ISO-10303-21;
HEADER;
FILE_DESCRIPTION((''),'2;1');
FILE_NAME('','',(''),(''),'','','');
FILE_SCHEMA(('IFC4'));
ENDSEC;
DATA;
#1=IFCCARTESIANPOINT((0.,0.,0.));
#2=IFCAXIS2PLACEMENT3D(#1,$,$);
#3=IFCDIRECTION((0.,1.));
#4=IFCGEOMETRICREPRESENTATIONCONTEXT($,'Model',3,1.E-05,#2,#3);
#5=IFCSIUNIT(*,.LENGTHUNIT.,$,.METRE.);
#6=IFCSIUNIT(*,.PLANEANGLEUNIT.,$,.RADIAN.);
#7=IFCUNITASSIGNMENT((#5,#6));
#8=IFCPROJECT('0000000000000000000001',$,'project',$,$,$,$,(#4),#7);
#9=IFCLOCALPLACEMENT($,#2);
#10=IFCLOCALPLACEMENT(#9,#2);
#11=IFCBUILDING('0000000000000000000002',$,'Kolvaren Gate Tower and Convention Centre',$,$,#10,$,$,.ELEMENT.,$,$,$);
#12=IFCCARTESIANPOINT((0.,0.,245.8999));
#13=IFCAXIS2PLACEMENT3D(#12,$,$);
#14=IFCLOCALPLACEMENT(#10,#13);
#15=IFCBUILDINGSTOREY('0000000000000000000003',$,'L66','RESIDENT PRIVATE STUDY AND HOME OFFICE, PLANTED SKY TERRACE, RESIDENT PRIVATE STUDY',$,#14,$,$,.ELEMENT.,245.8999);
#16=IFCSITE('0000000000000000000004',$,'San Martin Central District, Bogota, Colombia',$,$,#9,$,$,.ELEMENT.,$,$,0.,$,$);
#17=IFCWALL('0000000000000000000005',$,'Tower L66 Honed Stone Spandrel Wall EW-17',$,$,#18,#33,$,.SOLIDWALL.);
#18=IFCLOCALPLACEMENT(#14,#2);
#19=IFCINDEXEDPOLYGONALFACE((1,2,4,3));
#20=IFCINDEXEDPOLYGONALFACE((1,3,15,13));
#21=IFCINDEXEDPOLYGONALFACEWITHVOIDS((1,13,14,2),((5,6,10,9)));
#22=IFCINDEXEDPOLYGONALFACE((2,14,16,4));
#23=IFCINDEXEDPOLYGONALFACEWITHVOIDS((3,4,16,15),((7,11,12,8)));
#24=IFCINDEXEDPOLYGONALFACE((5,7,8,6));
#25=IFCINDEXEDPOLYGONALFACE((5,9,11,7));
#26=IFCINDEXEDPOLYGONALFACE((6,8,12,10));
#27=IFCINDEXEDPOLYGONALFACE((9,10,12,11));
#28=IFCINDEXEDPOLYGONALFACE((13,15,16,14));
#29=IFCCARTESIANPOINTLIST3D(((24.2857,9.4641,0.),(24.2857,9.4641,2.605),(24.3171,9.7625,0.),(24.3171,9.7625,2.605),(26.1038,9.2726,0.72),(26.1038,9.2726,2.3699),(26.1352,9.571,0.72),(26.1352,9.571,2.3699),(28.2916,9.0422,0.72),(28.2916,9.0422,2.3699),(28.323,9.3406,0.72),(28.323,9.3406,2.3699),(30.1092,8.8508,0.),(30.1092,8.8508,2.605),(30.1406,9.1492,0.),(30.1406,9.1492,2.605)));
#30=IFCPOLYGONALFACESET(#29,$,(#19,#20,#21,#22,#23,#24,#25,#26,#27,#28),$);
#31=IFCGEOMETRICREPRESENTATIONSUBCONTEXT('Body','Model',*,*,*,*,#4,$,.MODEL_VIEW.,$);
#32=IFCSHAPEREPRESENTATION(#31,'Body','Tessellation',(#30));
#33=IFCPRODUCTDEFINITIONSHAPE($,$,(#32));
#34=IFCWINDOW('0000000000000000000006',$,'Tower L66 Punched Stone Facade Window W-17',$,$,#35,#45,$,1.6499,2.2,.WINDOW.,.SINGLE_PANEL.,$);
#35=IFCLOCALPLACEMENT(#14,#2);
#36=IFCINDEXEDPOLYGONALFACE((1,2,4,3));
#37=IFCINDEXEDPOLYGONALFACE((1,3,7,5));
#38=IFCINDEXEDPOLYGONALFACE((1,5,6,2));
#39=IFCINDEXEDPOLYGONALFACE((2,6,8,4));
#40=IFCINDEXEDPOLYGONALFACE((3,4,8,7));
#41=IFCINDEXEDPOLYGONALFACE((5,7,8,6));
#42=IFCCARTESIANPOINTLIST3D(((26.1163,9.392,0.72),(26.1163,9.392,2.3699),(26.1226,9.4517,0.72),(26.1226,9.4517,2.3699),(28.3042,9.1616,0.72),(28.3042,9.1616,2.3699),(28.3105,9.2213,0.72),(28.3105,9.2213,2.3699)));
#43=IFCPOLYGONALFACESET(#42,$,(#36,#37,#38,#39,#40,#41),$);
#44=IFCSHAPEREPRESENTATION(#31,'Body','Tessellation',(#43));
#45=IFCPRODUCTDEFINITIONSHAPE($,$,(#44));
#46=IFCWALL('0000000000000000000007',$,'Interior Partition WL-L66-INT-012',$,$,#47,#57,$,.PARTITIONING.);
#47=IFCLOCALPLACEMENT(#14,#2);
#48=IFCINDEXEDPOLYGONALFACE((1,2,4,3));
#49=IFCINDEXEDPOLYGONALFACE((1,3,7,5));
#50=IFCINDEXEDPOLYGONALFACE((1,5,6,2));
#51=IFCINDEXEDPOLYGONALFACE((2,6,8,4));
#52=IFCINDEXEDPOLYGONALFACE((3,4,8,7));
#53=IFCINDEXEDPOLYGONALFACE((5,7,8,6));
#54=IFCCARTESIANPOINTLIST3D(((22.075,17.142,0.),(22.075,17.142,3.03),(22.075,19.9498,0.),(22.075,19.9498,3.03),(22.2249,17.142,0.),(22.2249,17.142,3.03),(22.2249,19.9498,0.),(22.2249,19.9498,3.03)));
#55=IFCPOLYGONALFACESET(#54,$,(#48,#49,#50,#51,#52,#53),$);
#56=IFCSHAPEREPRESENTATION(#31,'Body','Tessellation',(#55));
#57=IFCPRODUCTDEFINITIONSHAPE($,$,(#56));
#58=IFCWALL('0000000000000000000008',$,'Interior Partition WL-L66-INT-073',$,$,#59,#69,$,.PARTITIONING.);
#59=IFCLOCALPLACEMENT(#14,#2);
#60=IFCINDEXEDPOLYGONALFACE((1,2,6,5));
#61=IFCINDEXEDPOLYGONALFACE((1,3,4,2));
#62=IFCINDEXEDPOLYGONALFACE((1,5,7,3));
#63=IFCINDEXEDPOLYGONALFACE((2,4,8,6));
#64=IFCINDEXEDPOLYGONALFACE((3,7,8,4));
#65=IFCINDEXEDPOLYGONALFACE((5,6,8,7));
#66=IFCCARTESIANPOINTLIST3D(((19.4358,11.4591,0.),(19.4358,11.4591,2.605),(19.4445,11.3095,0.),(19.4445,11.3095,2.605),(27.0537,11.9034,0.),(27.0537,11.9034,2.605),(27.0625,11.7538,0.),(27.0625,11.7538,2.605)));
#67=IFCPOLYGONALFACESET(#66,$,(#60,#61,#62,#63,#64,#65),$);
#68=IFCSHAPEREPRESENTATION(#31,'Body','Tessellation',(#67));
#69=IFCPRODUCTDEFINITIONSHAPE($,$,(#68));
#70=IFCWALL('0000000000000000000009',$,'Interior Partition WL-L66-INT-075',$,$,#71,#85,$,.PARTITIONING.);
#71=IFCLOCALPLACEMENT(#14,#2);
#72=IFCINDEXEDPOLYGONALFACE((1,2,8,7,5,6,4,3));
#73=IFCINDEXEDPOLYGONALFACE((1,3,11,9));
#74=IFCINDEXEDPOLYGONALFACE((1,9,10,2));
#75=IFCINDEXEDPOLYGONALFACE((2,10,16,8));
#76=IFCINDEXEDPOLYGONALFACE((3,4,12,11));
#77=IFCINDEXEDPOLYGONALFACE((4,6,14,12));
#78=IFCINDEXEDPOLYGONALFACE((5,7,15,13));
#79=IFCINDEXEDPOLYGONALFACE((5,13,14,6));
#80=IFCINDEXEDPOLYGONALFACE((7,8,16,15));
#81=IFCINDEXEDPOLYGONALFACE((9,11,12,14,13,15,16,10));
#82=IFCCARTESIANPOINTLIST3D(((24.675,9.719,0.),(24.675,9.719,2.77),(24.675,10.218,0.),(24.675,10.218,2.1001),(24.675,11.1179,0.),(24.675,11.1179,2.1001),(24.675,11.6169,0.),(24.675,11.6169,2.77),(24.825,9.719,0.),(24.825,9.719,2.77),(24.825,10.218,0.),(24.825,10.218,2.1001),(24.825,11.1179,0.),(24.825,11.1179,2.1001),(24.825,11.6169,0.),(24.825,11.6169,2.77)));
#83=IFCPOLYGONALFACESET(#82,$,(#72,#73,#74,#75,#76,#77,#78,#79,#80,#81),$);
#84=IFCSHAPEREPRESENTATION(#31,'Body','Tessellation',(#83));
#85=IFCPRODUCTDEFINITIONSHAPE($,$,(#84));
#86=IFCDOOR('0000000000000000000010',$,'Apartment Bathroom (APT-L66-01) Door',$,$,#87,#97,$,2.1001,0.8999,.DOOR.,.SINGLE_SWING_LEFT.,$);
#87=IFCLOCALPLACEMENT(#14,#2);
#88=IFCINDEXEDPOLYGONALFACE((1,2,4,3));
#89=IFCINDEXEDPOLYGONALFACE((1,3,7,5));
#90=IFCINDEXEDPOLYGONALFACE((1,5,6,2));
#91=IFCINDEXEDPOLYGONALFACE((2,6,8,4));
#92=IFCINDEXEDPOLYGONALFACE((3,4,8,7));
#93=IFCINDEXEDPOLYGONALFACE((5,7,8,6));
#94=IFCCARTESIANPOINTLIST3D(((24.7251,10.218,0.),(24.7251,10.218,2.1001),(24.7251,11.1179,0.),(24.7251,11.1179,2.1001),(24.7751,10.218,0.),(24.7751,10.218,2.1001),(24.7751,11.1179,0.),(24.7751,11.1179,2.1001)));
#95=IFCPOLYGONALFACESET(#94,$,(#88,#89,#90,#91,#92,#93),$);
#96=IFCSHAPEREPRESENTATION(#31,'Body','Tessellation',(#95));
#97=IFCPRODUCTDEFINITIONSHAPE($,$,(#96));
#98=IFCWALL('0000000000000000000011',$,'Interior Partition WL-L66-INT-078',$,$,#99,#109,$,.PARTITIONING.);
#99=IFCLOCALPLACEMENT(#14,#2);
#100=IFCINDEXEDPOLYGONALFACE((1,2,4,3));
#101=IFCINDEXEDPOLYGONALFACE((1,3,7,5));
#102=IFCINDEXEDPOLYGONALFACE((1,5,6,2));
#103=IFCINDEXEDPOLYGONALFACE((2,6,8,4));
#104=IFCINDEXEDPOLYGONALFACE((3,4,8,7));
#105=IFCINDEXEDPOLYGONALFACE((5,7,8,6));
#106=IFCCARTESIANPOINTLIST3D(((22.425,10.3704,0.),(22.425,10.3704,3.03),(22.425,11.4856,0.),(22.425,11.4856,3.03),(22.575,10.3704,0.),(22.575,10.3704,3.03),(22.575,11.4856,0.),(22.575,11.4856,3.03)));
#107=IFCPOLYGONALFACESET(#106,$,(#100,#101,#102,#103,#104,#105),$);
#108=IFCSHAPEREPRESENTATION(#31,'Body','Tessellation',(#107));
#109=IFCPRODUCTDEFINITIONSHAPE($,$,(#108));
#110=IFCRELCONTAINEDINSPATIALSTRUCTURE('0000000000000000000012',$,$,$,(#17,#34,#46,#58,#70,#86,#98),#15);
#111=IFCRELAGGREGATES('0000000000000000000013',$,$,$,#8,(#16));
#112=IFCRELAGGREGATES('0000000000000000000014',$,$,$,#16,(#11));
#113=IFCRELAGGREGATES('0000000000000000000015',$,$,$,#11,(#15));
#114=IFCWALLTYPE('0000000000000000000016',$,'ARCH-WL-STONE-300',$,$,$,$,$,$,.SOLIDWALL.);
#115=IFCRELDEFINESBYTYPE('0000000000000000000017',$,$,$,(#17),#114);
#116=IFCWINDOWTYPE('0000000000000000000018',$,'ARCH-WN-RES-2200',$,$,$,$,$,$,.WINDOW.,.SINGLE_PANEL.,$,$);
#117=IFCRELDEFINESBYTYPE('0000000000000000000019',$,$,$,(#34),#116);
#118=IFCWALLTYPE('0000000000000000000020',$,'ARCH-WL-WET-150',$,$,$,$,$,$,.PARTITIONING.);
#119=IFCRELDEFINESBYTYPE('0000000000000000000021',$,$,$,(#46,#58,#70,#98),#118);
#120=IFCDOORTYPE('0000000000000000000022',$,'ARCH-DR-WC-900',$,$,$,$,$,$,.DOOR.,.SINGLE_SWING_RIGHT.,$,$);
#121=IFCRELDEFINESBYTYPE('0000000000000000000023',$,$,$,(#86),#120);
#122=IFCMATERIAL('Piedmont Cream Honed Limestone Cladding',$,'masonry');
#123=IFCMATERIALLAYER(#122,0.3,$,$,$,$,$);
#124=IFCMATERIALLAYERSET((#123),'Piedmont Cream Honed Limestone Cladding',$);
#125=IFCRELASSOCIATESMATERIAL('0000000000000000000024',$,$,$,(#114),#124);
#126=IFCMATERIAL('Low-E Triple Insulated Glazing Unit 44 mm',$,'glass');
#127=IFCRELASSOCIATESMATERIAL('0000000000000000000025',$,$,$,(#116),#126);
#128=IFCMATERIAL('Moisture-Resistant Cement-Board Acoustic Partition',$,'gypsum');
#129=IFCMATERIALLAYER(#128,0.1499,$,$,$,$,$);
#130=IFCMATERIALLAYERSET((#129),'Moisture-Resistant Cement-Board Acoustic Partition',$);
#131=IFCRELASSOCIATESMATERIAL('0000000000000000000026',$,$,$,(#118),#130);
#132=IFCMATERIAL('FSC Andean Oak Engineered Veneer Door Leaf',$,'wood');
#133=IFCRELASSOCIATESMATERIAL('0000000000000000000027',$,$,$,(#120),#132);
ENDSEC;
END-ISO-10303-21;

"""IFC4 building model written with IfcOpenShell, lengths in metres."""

from ifc_helpers import new_model, si_unit, direction, frame, frame_2d, origin, place, context, subcontext, project, spatial, rectangle, extrude, material, layer, layer_set, type_object, element, fill, save


model = new_model("IFC4")

# Units and contexts
model_context = context("Model", 3, precision=1e-05, world=origin(), true_north=direction((0.0, 1.0)))
body_context = subcontext(model_context, "Body", "Model", "MODEL_VIEW")
ifc_project = project(units=[si_unit("LENGTHUNIT", "METRE"), si_unit("PLANEANGLEUNIT", "RADIAN")], contexts=[model_context])

# Site, building, storey
site_placement = place(None, origin())
site = spatial("IfcSite", under=ifc_project, at=site_placement, Name="San Martin Central District, Bogota, Colombia", CompositionType="ELEMENT", RefElevation=0.0)
building_placement = place(site_placement, origin())
building = spatial("IfcBuilding", under=site, at=building_placement, Name="Kolvaren Gate Tower and Convention Centre", CompositionType="ELEMENT")
storey_placement = place(building_placement, frame((0.0, 0.0, 245.8999)))
storey = spatial("IfcBuildingStorey", under=building, at=storey_placement, Name="L66", Description="RESIDENT PRIVATE STUDY AND HOME OFFICE, PLANTED SKY TERRACE, RESIDENT PRIVATE STUDY", CompositionType="ELEMENT", Elevation=245.8999)

# Wall, opening, window
ifc_material_1 = material(Name="Piedmont Cream Honed Limestone Cladding", Category="masonry")
ifc_layer_1 = layer(ifc_material_1, 0.3)
ifc_layer_set_1 = layer_set([ifc_layer_1], Name="Piedmont Cream Honed Limestone Cladding")
wall_type_1 = type_object("IfcWallType", Name="ARCH-WL-STONE-300", PredefinedType="SOLIDWALL", material=ifc_layer_set_1)
wall_1_placement = place(storey_placement, frame((24.3015, 9.6133, 0.0), z_axis=(0.0, 0.0, 1.0), x_axis=(0.9945, -0.104733, 0.0)))
wall_1 = element("IfcWall", 1, at=wall_1_placement, inside=storey, type_object=wall_type_1, Name="Tower L66 Honed Stone Spandrel Wall EW-17", PredefinedType="SOLIDWALL", context=body_context, shape_type="SweptSolid", body=[
    extrude(rectangle(XDim=5.8557, YDim=0.3, at=frame_2d((2.9277, 0.0))), origin(), (0.0, 0.0, 1.0), 2.605),
])
opening_1_placement = place(wall_1_placement, frame((1.8279, 0.0, 0.72)))
opening_1 = element("IfcOpeningElement", 2, at=opening_1_placement, cuts=wall_1, PredefinedType="OPENING", context=body_context, shape_type="SweptSolid", body=[
    extrude(rectangle(XDim=2.2, YDim=1.6499, at=frame_2d((1.1001, 0.825))), frame((0.0, 0.1599, 0.0), z_axis=(0.0, -1.0, 0.0), x_axis=(1.0, 0.0, 0.0)), (0.0, 0.0, 1.0), 0.3201),
])
ifc_material_2 = material(Name="Low-E Triple Insulated Glazing Unit 44 mm", Category="glass")
window_type = type_object("IfcWindowType", Name="ARCH-WN-RES-2200", PartitioningType="SINGLE_PANEL", PredefinedType="WINDOW", material=ifc_material_2)
window_placement = place(opening_1_placement, origin())
window = element("IfcWindow", 3, at=window_placement, inside=storey, type_object=window_type, Name="Tower L66 Punched Stone Facade Window W-17", OverallHeight=1.6499, OverallWidth=2.2, PartitioningType="SINGLE_PANEL", PredefinedType="WINDOW", context=body_context, shape_type="SweptSolid", body=[
    extrude(rectangle(XDim=2.2, YDim=1.6499, at=frame_2d((1.1001, 0.825))), frame((0.0, 0.03, 0.0), z_axis=(0.0, -1.0, 0.0), x_axis=(1.0, 0.0, 0.0)), (0.0, 0.0, 1.0), 0.0601),
])
fill(opening_1, window)

# Walls
ifc_material_3 = material(Name="Moisture-Resistant Cement-Board Acoustic Partition", Category="gypsum")
ifc_layer_2 = layer(ifc_material_3, 0.1499)
ifc_layer_set_2 = layer_set([ifc_layer_2], Name="Moisture-Resistant Cement-Board Acoustic Partition")
wall_type_2 = type_object("IfcWallType", Name="ARCH-WL-WET-150", PredefinedType="PARTITIONING", material=ifc_layer_set_2)
wall_2_placement = place(storey_placement, frame((22.1499, 17.1421, 0.0), z_axis=(0.0, 0.0, 1.0), x_axis=(0.0, 1.0, 0.0)))
element("IfcWall", 4, at=wall_2_placement, inside=storey, type_object=wall_type_2, Name="Interior Partition WL-L66-INT-012", PredefinedType="PARTITIONING", context=body_context, shape_type="SweptSolid", body=[
    extrude(rectangle(XDim=2.8079, YDim=0.1499, at=frame_2d((1.4038, 0.0))), origin(), (0.0, 0.0, 1.0), 3.03),
])
wall_3_placement = place(storey_placement, frame((19.4402, 11.3843, 0.0), z_axis=(0.0, 0.0, 1.0), x_axis=(0.998303, 0.058229, 0.0)))
element("IfcWall", 5, at=wall_3_placement, inside=storey, type_object=wall_type_2, Name="Interior Partition WL-L66-INT-073", PredefinedType="PARTITIONING", context=body_context, shape_type="SweptSolid", body=[
    extrude(rectangle(XDim=7.6309, YDim=0.1499, at=frame_2d((3.8154, 0.0))), origin(), (0.0, 0.0, 1.0), 2.605),
])

# Wall, opening, door
wall_4_placement = place(storey_placement, frame((24.75, 9.719, 0.0), z_axis=(0.0, 0.0, 1.0), x_axis=(0.0, 1.0, 0.0)))
wall_4 = element("IfcWall", 6, at=wall_4_placement, inside=storey, type_object=wall_type_2, Name="Interior Partition WL-L66-INT-075", PredefinedType="PARTITIONING", context=body_context, shape_type="SweptSolid", body=[
    extrude(rectangle(XDim=1.8979, YDim=0.1499, at=frame_2d((0.949, 0.0))), origin(), (0.0, 0.0, 1.0), 2.77),
])
opening_2_placement = place(wall_4_placement, frame((0.499, 0.0, 0.0)))
opening_2 = element("IfcOpeningElement", 7, at=opening_2_placement, cuts=wall_4, PredefinedType="OPENING", context=body_context, shape_type="SweptSolid", body=[
    extrude(rectangle(XDim=0.8999, YDim=2.1001, at=frame_2d((0.45, 1.05))), frame((0.0, 0.085, 0.0), z_axis=(0.0, -1.0, 0.0), x_axis=(1.0, 0.0, 0.0)), (0.0, 0.0, 1.0), 0.1699),
])
ifc_material_4 = material(Name="FSC Andean Oak Engineered Veneer Door Leaf", Category="wood")
door_type_1 = type_object("IfcDoorType", Name="ARCH-DR-WC-900", OperationType="SINGLE_SWING_RIGHT", PredefinedType="DOOR", material=ifc_material_4)
door_1_placement = place(opening_2_placement, origin())
door_1 = element("IfcDoor", 8, at=door_1_placement, inside=storey, type_object=door_type_1, Name="Apartment Bathroom (APT-L66-01) Door", OperationType="SINGLE_SWING_LEFT", OverallHeight=2.1001, OverallWidth=0.8999, PredefinedType="DOOR", context=body_context, shape_type="SweptSolid", body=[
    extrude(rectangle(XDim=0.8999, YDim=2.1001, at=frame_2d((0.45, 1.05))), frame((0.0, 0.0249, 0.0), z_axis=(0.0, -1.0, 0.0), x_axis=(1.0, 0.0, 0.0)), (0.0, 0.0, 1.0), 0.05),
])
fill(opening_2, door_1)

# Wall
wall_5_placement = place(storey_placement, frame((22.5, 10.3704, 0.0), z_axis=(0.0, 0.0, 1.0), x_axis=(0.0, 1.0, 0.0)))
element("IfcWall", 9, at=wall_5_placement, inside=storey, type_object=wall_type_2, Name="Interior Partition WL-L66-INT-078", PredefinedType="PARTITIONING", context=body_context, shape_type="SweptSolid", body=[
    extrude(rectangle(XDim=1.1152, YDim=0.1499, at=frame_2d((0.5576, 0.0))), origin(), (0.0, 0.0, 1.0), 3.03),
])

save(model, "model.ifc")
